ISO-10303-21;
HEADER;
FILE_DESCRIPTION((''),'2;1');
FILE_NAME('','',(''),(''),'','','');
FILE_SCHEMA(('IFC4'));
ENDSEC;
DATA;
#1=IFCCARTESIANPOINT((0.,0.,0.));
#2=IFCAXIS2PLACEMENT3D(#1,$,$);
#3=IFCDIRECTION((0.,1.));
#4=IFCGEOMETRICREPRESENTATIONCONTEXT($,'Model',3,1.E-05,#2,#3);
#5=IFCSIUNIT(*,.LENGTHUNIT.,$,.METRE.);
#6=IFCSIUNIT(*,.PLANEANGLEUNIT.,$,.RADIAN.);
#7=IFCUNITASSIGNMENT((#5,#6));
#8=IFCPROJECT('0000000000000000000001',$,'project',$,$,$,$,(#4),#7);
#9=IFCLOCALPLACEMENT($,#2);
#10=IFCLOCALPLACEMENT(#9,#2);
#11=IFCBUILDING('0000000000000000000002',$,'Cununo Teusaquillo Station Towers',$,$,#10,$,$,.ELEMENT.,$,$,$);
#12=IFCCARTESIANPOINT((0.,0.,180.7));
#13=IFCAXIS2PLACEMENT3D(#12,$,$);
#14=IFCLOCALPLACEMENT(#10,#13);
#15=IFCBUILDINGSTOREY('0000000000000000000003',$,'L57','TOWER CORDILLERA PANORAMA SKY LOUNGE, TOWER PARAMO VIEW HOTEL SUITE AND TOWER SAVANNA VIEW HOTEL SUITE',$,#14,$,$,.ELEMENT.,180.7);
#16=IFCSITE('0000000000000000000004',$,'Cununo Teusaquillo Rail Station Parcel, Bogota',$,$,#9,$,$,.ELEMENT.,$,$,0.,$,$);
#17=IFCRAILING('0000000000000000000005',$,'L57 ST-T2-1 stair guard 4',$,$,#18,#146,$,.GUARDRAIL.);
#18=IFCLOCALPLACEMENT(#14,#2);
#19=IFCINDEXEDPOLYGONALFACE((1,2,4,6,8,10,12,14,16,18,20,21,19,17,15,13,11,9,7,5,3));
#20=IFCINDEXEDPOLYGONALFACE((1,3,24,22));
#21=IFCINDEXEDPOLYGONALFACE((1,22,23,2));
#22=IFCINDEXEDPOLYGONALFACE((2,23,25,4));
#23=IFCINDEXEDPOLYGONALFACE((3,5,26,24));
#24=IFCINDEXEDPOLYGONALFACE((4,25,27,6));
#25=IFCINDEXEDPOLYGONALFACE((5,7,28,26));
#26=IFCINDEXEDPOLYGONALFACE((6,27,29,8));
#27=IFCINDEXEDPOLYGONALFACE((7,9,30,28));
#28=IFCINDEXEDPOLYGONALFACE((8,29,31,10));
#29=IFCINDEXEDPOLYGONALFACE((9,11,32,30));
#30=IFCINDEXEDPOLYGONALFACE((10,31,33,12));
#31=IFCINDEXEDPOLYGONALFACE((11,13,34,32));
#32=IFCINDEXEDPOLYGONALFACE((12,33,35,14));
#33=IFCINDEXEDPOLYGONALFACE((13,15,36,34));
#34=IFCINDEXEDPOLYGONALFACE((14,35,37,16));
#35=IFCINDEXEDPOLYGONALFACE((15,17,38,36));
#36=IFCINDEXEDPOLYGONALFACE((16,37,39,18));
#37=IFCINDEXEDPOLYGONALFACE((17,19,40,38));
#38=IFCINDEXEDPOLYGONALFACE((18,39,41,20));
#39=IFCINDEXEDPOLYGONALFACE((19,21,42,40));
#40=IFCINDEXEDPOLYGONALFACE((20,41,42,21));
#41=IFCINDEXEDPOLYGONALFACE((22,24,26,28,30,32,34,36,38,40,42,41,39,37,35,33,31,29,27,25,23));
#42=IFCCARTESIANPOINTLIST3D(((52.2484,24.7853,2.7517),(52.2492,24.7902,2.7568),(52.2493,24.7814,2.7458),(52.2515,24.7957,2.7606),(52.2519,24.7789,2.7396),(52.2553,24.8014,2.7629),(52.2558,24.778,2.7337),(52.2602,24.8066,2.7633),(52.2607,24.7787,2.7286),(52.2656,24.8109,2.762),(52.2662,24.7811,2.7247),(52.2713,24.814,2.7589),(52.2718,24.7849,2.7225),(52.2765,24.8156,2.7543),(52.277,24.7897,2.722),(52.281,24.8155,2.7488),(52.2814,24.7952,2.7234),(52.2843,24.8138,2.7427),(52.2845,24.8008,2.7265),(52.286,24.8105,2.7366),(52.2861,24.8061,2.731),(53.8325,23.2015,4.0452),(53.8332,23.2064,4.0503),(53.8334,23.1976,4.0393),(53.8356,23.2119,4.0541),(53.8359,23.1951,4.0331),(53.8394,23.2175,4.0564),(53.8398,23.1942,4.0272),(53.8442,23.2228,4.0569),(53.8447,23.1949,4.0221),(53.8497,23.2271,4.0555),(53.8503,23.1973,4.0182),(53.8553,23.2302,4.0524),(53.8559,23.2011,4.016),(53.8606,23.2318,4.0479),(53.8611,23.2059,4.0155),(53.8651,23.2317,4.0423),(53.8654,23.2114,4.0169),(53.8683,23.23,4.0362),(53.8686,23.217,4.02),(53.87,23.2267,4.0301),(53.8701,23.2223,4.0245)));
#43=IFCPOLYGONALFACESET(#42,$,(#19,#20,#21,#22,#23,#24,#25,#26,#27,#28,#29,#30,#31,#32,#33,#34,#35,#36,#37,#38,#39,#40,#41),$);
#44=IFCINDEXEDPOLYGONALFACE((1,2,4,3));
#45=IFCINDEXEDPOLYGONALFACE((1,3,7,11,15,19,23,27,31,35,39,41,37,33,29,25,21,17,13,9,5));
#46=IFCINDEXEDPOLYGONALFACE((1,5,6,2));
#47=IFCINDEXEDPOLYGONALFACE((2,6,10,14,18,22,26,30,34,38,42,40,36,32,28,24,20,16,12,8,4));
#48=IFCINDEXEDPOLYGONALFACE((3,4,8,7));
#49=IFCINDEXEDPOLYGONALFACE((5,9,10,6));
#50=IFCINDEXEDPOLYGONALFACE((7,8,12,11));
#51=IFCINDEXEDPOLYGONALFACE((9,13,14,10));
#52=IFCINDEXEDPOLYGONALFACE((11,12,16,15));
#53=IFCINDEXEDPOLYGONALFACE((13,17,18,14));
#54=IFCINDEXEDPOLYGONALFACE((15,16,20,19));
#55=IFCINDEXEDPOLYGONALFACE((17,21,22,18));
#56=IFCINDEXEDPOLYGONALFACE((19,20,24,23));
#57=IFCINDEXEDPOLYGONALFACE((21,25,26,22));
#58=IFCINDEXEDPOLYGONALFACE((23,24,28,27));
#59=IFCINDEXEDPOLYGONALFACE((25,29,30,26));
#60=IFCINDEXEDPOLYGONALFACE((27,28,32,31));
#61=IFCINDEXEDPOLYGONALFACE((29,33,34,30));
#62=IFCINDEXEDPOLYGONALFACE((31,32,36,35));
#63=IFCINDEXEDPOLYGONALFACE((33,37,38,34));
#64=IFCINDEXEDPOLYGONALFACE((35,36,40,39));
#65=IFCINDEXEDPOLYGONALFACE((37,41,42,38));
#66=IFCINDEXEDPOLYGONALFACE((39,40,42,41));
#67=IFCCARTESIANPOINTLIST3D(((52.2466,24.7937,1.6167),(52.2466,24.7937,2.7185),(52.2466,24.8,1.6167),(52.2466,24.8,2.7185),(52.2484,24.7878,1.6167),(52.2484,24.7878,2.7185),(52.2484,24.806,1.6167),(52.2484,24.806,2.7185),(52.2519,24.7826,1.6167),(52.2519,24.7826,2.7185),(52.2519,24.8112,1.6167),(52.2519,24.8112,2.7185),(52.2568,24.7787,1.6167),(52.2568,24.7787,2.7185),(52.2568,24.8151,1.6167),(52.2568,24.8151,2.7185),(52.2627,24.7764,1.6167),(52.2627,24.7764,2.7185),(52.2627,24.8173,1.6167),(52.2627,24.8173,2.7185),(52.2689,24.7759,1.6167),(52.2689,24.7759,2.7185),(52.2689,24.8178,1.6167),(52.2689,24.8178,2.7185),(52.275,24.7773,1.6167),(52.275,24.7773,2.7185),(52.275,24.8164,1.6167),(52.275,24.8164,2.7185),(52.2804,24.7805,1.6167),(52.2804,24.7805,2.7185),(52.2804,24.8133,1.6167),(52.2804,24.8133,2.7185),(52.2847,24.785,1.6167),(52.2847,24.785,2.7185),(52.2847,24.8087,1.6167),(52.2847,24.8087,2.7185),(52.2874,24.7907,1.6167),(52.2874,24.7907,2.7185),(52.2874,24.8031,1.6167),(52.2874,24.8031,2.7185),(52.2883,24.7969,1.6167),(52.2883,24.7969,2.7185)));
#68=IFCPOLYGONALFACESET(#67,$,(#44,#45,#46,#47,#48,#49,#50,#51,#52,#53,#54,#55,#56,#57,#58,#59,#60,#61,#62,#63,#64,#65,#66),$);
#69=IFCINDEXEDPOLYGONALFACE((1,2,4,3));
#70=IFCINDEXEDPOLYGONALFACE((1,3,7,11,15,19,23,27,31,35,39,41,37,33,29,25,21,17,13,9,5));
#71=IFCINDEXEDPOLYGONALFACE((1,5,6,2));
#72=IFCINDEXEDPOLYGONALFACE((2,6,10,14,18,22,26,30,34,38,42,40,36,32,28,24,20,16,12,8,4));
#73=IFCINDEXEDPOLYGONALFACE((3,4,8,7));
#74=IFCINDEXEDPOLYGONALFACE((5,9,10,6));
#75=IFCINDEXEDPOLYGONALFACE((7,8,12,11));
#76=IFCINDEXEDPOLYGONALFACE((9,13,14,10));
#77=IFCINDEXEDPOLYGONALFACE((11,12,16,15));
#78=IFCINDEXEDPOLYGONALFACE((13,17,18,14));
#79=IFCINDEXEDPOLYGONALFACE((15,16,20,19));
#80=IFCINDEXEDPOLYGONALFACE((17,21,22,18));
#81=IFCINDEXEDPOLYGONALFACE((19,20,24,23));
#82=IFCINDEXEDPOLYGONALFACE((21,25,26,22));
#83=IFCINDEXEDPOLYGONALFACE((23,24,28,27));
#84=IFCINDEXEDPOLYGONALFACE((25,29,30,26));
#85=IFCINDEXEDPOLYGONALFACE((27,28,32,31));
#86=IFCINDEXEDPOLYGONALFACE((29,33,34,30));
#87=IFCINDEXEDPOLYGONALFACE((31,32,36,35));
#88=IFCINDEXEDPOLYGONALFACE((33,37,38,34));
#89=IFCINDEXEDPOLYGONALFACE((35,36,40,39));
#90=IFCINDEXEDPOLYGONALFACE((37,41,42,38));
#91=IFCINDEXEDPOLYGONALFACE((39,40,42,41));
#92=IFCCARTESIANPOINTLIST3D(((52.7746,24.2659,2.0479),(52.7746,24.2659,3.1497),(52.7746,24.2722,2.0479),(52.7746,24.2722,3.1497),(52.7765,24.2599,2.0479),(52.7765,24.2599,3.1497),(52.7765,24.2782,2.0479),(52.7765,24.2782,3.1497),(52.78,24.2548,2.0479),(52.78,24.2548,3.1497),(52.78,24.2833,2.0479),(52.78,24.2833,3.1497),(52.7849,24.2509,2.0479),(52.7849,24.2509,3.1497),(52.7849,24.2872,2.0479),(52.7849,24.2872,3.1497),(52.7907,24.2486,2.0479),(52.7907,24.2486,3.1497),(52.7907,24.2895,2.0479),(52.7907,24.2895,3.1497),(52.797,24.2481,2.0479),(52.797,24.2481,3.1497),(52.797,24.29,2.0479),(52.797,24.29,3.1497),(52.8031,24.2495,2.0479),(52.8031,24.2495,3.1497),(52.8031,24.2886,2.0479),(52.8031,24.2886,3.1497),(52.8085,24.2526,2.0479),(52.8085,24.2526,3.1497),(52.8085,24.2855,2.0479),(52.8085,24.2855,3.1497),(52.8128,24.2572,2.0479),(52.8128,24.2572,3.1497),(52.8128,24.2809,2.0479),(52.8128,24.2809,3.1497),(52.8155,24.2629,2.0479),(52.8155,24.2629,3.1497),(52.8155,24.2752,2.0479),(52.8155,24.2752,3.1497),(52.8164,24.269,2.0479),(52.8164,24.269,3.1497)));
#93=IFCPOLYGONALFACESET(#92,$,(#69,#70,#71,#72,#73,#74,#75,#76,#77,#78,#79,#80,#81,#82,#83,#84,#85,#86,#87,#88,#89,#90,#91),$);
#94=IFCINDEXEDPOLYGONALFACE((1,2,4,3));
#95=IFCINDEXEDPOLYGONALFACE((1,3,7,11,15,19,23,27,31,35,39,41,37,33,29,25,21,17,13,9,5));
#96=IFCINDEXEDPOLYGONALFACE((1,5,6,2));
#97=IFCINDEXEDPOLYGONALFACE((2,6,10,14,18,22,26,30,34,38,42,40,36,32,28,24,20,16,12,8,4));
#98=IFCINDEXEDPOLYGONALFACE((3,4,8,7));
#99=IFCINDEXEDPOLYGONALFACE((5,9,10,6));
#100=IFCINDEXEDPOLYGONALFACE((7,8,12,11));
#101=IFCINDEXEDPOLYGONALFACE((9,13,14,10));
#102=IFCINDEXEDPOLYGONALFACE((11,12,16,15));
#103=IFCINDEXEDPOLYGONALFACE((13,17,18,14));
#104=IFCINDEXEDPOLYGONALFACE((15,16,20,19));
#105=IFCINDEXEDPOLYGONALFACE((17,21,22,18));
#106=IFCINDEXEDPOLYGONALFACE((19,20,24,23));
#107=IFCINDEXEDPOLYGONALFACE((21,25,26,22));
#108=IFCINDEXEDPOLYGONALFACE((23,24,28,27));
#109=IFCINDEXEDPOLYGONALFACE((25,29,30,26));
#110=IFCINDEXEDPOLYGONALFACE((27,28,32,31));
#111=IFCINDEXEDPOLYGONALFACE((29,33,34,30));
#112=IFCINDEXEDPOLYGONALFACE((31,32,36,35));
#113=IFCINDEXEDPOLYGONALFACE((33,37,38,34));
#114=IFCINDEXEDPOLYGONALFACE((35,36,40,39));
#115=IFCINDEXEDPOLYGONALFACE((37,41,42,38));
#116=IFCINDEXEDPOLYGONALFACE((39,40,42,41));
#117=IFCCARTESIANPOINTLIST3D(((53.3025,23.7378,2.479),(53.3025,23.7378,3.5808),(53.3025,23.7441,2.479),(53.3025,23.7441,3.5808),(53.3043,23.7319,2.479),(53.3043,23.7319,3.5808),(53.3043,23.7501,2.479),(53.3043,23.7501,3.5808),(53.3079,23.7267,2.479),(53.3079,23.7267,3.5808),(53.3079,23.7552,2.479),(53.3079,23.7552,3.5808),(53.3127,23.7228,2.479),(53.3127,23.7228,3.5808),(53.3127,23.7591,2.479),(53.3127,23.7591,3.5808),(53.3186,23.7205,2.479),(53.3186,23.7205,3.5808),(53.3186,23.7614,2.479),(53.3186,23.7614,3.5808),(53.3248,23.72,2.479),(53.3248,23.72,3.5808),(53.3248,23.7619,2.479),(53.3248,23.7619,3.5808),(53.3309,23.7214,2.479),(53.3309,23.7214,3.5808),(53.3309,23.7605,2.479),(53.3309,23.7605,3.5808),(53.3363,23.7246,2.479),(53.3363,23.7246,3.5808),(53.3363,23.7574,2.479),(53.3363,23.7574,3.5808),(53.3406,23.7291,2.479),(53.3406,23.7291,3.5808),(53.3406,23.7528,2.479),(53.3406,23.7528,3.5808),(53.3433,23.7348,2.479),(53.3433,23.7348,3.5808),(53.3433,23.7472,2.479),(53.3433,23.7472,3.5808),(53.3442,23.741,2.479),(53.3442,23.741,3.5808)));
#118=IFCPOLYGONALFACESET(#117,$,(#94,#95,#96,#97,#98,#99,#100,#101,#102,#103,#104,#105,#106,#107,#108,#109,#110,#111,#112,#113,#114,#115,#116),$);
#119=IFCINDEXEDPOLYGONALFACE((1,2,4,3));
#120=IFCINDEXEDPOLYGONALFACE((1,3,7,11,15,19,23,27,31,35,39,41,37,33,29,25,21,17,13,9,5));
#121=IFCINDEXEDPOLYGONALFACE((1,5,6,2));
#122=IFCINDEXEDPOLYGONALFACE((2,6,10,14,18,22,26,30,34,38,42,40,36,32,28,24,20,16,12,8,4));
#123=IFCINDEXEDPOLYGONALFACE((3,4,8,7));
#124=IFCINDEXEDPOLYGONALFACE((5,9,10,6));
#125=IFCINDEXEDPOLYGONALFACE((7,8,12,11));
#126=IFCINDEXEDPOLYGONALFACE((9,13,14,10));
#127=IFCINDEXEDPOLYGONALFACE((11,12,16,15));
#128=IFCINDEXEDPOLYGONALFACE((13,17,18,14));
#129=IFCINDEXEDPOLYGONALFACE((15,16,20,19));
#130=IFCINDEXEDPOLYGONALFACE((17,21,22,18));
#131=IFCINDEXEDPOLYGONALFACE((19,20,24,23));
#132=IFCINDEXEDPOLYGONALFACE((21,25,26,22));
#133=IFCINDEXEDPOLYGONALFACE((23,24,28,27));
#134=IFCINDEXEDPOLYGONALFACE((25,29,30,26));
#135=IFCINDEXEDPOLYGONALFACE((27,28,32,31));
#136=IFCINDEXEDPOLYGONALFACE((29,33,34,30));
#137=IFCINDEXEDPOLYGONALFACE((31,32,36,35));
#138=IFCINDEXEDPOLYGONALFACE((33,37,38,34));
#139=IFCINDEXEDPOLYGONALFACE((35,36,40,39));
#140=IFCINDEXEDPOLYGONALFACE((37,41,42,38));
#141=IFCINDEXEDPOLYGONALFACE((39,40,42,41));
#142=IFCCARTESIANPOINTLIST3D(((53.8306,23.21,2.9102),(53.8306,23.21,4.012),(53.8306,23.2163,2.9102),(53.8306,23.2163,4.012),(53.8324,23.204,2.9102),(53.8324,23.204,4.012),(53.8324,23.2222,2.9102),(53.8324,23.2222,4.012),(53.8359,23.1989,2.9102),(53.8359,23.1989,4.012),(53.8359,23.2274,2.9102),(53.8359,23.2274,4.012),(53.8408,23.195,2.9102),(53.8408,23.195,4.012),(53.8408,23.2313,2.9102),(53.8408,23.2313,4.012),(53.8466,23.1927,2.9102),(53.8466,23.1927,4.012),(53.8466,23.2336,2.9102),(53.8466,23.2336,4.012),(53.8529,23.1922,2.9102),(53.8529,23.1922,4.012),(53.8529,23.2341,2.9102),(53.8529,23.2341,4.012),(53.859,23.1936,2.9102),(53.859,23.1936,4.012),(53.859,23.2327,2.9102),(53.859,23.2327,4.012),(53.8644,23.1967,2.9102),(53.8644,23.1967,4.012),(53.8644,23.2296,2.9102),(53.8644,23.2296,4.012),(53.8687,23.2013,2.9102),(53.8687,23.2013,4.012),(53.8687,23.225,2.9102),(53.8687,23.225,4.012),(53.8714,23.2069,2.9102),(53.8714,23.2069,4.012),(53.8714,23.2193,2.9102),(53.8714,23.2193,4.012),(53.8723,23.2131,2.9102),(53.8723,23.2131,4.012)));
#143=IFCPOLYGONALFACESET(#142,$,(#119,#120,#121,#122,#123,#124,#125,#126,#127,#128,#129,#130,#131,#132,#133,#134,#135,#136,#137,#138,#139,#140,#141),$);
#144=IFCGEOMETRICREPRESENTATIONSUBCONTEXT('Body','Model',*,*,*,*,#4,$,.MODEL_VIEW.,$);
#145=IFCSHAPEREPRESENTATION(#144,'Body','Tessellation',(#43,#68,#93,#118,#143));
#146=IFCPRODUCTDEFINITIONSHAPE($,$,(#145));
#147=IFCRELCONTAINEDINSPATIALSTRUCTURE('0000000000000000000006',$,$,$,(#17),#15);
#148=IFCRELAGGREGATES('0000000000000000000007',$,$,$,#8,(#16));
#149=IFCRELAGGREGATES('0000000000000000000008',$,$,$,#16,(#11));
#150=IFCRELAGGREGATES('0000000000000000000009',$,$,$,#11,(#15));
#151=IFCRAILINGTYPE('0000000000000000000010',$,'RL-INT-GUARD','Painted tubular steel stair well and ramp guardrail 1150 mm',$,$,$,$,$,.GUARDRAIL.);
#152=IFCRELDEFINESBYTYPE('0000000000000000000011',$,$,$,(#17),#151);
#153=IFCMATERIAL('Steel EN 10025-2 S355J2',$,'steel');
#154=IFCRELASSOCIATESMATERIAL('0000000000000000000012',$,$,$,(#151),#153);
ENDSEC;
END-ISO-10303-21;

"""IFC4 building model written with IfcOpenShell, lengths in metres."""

from ifc_helpers import new_model, si_unit, direction, frame, origin, origin_2d, place, context, subcontext, project, spatial, circle, extrude, material, type_object, element, save


model = new_model("IFC4")

# Units and contexts
model_context = context("Model", 3, precision=1e-05, world=origin(), true_north=direction((0.0, 1.0)))
body_context = subcontext(model_context, "Body", "Model", "MODEL_VIEW")
ifc_project = project(units=[si_unit("LENGTHUNIT", "METRE"), si_unit("PLANEANGLEUNIT", "RADIAN")], contexts=[model_context])

# Site, building, storey
site_placement = place(None, origin())
site = spatial("IfcSite", under=ifc_project, at=site_placement, Name="Cununo Teusaquillo Rail Station Parcel, Bogota", CompositionType="ELEMENT", RefElevation=0.0)
building_placement = place(site_placement, origin())
building = spatial("IfcBuilding", under=site, at=building_placement, Name="Cununo Teusaquillo Station Towers", CompositionType="ELEMENT")
storey_placement = place(building_placement, frame((0.0, 0.0, 180.7)))
storey = spatial("IfcBuildingStorey", under=building, at=storey_placement, Name="L57", Description="TOWER CORDILLERA PANORAMA SKY LOUNGE, TOWER PARAMO VIEW HOTEL SUITE AND TOWER SAVANNA VIEW HOTEL SUITE", CompositionType="ELEMENT", Elevation=180.7)

# Railing
ifc_material_1 = material(Name="Steel EN 10025-2 S355J2", Category="steel")
railing_type_1 = type_object("IfcRailingType", Name="RL-INT-GUARD", Description="Painted tubular steel stair well and ramp guardrail 1150 mm", PredefinedType="GUARDRAIL", material=ifc_material_1)
railing_1_placement = place(storey_placement, frame((52.2673, 24.7969, 1.6167)))
element("IfcRailing", 1, at=railing_1_placement, inside=storey, type_object=railing_type_1, Name="L57 ST-T2-1 stair guard 4", PredefinedType="GUARDRAIL", context=body_context, shape_type="SweptSolid", body=[
    extrude(circle(Radius=0.0239, at=origin_2d()), frame((0.0, 0.0, 1.126), z_axis=(0.612391, -0.612297, 0.500069), x_axis=(0.707052, 0.707161, 0.0)), (0.0, 0.0, 1.0), 2.5867),
    extrude(circle(Radius=0.021, at=origin_2d()), origin(), (0.0, 0.0, 1.0), 1.1018),
    extrude(circle(Radius=0.021, at=origin_2d()), frame((0.5281, -0.5278, 0.4312)), (0.0, 0.0, 1.0), 1.1018),
    extrude(circle(Radius=0.021, at=origin_2d()), frame((1.0559, -1.0559, 0.8623)), (0.0, 0.0, 1.0), 1.1018),
    extrude(circle(Radius=0.021, at=origin_2d()), frame((1.584, -1.5837, 1.2935)), (0.0, 0.0, 1.0), 1.1018),
])

save(model, "model.ifc")
